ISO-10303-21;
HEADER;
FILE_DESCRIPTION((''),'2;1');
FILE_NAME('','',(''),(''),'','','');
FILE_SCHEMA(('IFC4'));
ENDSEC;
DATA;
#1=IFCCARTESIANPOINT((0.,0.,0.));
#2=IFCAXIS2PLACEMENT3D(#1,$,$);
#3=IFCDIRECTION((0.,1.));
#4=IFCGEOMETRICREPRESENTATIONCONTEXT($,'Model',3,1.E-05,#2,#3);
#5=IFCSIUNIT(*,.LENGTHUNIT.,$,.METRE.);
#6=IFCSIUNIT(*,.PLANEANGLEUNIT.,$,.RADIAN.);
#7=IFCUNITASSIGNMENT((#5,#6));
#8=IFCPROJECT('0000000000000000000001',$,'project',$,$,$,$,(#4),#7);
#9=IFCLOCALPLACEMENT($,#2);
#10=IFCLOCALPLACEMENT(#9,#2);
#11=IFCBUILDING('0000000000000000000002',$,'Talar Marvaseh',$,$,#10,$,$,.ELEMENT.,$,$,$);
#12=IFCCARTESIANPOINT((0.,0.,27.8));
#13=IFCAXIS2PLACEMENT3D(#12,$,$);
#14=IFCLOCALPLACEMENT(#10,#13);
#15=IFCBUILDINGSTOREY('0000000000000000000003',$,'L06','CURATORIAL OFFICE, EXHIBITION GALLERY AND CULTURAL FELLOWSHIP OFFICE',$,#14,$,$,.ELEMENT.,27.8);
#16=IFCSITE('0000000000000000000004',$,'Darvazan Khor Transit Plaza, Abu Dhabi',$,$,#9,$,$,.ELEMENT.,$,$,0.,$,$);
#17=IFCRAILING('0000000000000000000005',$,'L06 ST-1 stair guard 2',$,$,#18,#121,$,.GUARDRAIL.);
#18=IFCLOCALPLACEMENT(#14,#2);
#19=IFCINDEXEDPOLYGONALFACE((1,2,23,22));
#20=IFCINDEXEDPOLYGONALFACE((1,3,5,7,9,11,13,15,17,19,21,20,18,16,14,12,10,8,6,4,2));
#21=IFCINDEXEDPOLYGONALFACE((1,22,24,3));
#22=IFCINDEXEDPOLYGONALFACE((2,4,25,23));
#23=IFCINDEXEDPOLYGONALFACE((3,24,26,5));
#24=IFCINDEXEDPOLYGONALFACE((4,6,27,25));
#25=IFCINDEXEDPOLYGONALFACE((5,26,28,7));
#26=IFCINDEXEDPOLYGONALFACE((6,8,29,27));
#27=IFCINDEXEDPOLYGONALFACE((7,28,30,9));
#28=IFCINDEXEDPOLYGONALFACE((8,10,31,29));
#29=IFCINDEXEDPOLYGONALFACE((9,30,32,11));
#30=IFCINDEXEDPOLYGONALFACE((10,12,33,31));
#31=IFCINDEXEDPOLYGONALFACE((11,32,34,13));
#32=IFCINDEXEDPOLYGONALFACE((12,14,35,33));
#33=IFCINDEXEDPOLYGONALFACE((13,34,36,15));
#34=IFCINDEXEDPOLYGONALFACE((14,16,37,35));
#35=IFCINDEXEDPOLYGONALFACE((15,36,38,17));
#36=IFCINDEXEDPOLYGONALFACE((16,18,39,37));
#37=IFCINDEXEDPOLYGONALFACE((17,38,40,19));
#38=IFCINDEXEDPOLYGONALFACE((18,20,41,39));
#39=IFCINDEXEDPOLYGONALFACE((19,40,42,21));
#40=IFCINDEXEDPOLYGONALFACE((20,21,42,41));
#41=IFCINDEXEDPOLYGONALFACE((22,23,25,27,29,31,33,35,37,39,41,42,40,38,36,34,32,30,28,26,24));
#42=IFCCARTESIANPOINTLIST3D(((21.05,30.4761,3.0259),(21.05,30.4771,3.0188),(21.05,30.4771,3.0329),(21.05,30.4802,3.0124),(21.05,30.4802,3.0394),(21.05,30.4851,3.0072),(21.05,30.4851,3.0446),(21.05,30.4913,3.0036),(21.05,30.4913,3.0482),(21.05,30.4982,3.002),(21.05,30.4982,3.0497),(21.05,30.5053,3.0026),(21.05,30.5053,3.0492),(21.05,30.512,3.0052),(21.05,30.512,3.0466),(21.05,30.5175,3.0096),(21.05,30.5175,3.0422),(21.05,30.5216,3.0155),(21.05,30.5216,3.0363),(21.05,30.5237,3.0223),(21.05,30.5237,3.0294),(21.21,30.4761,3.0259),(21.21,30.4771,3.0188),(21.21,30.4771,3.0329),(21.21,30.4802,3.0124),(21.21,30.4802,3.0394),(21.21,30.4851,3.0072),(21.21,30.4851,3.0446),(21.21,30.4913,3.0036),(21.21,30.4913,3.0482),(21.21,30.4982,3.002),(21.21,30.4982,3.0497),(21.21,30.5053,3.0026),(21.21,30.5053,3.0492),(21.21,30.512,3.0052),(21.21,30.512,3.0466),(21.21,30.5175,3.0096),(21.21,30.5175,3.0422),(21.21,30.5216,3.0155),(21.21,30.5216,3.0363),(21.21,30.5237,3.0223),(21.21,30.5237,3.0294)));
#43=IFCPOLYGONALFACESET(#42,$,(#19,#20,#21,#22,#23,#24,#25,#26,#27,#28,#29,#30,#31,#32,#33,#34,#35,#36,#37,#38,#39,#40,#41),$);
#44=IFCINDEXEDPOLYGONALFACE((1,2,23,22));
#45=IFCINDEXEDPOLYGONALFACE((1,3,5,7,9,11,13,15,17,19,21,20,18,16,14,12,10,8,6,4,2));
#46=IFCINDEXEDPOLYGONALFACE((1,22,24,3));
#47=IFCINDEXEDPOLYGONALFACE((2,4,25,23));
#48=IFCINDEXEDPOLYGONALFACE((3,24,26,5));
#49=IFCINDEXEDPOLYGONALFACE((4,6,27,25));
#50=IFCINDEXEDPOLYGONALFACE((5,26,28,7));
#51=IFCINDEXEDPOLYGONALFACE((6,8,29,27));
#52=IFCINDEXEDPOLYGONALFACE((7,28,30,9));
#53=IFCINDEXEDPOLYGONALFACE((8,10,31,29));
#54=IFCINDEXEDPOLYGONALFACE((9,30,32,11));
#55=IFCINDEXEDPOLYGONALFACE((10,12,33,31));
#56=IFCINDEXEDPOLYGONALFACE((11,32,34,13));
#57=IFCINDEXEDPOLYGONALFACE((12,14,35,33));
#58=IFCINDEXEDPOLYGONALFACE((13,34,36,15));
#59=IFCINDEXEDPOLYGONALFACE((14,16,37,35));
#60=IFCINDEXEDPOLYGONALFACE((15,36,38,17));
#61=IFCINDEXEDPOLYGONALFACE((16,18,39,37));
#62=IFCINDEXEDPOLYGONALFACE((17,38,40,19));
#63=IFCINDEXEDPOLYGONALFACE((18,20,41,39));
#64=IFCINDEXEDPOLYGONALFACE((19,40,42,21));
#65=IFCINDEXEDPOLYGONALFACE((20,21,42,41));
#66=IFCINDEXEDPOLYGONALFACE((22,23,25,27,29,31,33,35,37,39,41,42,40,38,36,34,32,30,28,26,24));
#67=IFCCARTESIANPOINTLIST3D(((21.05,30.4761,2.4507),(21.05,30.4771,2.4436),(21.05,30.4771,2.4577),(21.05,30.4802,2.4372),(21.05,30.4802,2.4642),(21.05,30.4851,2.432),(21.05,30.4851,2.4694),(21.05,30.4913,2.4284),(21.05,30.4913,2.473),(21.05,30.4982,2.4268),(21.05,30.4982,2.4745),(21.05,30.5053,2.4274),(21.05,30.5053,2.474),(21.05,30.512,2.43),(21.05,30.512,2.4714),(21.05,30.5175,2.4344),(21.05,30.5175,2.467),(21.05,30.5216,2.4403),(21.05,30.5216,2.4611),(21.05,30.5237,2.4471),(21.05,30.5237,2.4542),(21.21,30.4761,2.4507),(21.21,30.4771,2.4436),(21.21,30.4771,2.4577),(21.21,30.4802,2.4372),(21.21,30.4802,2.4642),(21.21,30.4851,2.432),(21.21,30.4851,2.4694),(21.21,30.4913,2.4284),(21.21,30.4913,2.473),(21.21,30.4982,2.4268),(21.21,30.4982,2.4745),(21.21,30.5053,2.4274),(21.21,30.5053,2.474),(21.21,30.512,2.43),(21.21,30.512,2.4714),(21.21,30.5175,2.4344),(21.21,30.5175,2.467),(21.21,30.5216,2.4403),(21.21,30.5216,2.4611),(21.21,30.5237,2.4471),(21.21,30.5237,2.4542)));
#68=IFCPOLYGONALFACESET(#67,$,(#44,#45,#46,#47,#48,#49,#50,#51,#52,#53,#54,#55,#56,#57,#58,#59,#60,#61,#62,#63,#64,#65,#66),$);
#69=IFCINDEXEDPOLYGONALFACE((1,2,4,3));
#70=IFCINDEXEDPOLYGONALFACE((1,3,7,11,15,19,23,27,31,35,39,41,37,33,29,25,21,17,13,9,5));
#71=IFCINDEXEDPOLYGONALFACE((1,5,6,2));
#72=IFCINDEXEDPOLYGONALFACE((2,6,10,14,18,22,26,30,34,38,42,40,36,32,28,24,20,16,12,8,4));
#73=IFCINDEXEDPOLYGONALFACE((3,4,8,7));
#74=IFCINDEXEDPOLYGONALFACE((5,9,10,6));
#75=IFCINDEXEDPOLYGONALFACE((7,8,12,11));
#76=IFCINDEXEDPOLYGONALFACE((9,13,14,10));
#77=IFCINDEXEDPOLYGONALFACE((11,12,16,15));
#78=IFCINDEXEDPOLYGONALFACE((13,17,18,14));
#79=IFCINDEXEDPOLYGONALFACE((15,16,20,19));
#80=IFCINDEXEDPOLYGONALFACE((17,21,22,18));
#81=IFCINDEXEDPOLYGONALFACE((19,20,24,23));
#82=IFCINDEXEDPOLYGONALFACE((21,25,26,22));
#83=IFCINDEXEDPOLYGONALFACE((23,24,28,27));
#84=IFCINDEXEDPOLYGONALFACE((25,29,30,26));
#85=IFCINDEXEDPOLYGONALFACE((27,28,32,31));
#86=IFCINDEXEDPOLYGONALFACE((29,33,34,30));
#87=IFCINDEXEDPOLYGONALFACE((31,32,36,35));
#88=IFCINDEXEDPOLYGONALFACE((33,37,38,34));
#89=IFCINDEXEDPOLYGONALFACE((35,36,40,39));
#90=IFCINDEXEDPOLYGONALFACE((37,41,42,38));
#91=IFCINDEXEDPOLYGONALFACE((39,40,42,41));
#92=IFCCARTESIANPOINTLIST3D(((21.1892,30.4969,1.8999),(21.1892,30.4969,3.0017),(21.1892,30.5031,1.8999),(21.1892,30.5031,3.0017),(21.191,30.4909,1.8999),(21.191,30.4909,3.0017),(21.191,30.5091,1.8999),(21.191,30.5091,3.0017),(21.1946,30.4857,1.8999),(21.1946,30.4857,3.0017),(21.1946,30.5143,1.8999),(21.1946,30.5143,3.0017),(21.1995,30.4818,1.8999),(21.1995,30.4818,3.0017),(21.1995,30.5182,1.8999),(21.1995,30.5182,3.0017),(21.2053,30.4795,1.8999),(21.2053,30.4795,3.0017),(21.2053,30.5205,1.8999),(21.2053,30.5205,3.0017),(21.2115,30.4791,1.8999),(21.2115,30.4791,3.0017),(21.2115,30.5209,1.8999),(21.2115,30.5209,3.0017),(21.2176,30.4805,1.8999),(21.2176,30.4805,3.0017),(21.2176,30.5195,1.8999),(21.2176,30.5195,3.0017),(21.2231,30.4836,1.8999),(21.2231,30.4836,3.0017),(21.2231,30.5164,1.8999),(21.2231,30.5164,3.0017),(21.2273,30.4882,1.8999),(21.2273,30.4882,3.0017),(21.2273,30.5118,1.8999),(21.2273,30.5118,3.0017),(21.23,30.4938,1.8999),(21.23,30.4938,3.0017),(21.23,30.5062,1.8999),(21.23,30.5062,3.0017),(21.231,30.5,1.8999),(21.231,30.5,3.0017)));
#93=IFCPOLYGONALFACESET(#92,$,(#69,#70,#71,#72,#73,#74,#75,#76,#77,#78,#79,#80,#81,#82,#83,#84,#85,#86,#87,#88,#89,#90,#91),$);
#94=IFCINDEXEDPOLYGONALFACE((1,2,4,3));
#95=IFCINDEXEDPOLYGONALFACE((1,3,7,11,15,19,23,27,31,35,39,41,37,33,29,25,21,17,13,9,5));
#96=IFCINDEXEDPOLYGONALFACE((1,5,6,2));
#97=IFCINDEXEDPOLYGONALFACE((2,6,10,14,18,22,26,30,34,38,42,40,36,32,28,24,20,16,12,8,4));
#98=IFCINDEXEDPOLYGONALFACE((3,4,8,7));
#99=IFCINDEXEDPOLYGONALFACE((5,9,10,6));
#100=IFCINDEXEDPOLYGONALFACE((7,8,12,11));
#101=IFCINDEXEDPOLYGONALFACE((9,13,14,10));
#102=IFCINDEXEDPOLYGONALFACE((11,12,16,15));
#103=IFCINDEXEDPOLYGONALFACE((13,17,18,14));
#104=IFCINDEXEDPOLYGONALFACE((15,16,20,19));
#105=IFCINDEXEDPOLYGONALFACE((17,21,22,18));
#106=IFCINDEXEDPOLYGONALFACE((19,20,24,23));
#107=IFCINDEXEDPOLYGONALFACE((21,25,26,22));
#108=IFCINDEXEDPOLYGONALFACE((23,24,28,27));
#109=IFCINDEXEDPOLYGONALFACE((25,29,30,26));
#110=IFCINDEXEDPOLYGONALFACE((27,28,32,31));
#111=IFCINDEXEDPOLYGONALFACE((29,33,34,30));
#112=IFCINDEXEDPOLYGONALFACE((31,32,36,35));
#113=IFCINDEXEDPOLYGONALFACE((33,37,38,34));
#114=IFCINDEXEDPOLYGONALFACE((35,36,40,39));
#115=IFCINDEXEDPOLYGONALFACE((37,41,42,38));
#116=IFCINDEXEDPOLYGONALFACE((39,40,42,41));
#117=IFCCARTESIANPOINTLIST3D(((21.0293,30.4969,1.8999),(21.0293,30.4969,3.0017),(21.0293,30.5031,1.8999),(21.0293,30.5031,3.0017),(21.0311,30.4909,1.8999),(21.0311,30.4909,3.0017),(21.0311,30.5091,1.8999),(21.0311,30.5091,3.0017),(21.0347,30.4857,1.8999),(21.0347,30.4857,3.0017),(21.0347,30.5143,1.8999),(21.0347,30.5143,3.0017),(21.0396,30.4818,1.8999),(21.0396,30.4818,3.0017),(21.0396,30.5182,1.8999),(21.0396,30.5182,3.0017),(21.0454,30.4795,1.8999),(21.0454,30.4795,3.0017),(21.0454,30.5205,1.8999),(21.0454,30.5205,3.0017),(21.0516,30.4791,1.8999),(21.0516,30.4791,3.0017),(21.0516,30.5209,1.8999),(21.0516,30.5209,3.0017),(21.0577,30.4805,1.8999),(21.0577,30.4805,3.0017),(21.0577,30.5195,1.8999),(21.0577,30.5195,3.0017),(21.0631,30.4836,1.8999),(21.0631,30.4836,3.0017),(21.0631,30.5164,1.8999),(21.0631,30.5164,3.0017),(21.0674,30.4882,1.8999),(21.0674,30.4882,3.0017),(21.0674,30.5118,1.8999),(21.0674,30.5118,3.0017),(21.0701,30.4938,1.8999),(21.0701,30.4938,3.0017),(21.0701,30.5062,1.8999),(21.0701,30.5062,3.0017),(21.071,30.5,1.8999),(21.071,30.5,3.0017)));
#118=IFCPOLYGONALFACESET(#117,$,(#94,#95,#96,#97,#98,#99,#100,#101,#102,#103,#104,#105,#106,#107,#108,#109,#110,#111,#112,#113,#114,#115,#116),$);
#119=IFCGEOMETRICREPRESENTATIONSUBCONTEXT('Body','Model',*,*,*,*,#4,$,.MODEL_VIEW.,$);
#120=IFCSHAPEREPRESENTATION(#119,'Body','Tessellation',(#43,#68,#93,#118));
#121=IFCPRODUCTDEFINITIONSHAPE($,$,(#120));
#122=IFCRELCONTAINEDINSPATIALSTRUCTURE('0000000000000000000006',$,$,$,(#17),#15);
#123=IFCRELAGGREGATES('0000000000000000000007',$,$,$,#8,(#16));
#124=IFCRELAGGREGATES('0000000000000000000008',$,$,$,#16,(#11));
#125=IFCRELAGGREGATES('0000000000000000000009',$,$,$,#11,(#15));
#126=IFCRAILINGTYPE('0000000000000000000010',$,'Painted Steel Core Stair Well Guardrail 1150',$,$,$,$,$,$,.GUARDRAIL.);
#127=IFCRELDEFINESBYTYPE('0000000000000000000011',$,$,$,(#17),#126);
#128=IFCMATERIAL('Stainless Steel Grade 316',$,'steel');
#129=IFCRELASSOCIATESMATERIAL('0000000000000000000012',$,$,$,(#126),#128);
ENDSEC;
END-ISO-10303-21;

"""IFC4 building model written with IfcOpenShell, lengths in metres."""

from ifc_helpers import new_model, si_unit, direction, frame, origin, origin_2d, place, context, subcontext, project, spatial, circle, extrude, material, type_object, element, save


model = new_model("IFC4")

# Units and contexts
model_context = context("Model", 3, precision=1e-05, world=origin(), true_north=direction((0.0, 1.0)))
body_context = subcontext(model_context, "Body", "Model", "MODEL_VIEW")
ifc_project = project(units=[si_unit("LENGTHUNIT", "METRE"), si_unit("PLANEANGLEUNIT", "RADIAN")], contexts=[model_context])

# Site, building, storey
site_placement = place(None, origin())
site = spatial("IfcSite", under=ifc_project, at=site_placement, Name="Darvazan Khor Transit Plaza, Abu Dhabi", CompositionType="ELEMENT", RefElevation=0.0)
building_placement = place(site_placement, origin())
building = spatial("IfcBuilding", under=site, at=building_placement, Name="Talar Marvaseh", CompositionType="ELEMENT")
storey_placement = place(building_placement, frame((0.0, 0.0, 27.8)))
storey = spatial("IfcBuildingStorey", under=building, at=storey_placement, Name="L06", Description="CURATORIAL OFFICE, EXHIBITION GALLERY AND CULTURAL FELLOWSHIP OFFICE", CompositionType="ELEMENT", Elevation=27.8)

# Railing
ifc_material_1 = material(Name="Stainless Steel Grade 316", Category="steel")
railing_type_1 = type_object("IfcRailingType", Name="Painted Steel Core Stair Well Guardrail 1150", PredefinedType="GUARDRAIL", material=ifc_material_1)
railing_1_placement = place(storey_placement, frame((21.21, 30.5, 1.8999)))
element("IfcRailing", 1, at=railing_1_placement, inside=storey, type_object=railing_type_1, Name="L06 ST-1 stair guard 2", PredefinedType="GUARDRAIL", context=body_context, shape_type="SweptSolid", body=[
    extrude(circle(Radius=0.0239, at=origin_2d()), frame((0.0, 0.0, 1.126), z_axis=(-1.0, 0.0, 0.0), x_axis=(0.0, -1.0, 0.0)), (0.0, 0.0, 1.0), 0.1599),
    extrude(circle(Radius=0.0239, at=origin_2d()), frame((0.0, 0.0, 0.5508), z_axis=(-1.0, 0.0, 0.0), x_axis=(0.0, -1.0, 0.0)), (0.0, 0.0, 1.0), 0.1599),
    extrude(circle(Radius=0.021, at=origin_2d()), origin(), (0.0, 0.0, 1.0), 1.1018),
    extrude(circle(Radius=0.021, at=origin_2d()), frame((-0.1599, 0.0, 0.0)), (0.0, 0.0, 1.0), 1.1018),
])

save(model, "model.ifc")
